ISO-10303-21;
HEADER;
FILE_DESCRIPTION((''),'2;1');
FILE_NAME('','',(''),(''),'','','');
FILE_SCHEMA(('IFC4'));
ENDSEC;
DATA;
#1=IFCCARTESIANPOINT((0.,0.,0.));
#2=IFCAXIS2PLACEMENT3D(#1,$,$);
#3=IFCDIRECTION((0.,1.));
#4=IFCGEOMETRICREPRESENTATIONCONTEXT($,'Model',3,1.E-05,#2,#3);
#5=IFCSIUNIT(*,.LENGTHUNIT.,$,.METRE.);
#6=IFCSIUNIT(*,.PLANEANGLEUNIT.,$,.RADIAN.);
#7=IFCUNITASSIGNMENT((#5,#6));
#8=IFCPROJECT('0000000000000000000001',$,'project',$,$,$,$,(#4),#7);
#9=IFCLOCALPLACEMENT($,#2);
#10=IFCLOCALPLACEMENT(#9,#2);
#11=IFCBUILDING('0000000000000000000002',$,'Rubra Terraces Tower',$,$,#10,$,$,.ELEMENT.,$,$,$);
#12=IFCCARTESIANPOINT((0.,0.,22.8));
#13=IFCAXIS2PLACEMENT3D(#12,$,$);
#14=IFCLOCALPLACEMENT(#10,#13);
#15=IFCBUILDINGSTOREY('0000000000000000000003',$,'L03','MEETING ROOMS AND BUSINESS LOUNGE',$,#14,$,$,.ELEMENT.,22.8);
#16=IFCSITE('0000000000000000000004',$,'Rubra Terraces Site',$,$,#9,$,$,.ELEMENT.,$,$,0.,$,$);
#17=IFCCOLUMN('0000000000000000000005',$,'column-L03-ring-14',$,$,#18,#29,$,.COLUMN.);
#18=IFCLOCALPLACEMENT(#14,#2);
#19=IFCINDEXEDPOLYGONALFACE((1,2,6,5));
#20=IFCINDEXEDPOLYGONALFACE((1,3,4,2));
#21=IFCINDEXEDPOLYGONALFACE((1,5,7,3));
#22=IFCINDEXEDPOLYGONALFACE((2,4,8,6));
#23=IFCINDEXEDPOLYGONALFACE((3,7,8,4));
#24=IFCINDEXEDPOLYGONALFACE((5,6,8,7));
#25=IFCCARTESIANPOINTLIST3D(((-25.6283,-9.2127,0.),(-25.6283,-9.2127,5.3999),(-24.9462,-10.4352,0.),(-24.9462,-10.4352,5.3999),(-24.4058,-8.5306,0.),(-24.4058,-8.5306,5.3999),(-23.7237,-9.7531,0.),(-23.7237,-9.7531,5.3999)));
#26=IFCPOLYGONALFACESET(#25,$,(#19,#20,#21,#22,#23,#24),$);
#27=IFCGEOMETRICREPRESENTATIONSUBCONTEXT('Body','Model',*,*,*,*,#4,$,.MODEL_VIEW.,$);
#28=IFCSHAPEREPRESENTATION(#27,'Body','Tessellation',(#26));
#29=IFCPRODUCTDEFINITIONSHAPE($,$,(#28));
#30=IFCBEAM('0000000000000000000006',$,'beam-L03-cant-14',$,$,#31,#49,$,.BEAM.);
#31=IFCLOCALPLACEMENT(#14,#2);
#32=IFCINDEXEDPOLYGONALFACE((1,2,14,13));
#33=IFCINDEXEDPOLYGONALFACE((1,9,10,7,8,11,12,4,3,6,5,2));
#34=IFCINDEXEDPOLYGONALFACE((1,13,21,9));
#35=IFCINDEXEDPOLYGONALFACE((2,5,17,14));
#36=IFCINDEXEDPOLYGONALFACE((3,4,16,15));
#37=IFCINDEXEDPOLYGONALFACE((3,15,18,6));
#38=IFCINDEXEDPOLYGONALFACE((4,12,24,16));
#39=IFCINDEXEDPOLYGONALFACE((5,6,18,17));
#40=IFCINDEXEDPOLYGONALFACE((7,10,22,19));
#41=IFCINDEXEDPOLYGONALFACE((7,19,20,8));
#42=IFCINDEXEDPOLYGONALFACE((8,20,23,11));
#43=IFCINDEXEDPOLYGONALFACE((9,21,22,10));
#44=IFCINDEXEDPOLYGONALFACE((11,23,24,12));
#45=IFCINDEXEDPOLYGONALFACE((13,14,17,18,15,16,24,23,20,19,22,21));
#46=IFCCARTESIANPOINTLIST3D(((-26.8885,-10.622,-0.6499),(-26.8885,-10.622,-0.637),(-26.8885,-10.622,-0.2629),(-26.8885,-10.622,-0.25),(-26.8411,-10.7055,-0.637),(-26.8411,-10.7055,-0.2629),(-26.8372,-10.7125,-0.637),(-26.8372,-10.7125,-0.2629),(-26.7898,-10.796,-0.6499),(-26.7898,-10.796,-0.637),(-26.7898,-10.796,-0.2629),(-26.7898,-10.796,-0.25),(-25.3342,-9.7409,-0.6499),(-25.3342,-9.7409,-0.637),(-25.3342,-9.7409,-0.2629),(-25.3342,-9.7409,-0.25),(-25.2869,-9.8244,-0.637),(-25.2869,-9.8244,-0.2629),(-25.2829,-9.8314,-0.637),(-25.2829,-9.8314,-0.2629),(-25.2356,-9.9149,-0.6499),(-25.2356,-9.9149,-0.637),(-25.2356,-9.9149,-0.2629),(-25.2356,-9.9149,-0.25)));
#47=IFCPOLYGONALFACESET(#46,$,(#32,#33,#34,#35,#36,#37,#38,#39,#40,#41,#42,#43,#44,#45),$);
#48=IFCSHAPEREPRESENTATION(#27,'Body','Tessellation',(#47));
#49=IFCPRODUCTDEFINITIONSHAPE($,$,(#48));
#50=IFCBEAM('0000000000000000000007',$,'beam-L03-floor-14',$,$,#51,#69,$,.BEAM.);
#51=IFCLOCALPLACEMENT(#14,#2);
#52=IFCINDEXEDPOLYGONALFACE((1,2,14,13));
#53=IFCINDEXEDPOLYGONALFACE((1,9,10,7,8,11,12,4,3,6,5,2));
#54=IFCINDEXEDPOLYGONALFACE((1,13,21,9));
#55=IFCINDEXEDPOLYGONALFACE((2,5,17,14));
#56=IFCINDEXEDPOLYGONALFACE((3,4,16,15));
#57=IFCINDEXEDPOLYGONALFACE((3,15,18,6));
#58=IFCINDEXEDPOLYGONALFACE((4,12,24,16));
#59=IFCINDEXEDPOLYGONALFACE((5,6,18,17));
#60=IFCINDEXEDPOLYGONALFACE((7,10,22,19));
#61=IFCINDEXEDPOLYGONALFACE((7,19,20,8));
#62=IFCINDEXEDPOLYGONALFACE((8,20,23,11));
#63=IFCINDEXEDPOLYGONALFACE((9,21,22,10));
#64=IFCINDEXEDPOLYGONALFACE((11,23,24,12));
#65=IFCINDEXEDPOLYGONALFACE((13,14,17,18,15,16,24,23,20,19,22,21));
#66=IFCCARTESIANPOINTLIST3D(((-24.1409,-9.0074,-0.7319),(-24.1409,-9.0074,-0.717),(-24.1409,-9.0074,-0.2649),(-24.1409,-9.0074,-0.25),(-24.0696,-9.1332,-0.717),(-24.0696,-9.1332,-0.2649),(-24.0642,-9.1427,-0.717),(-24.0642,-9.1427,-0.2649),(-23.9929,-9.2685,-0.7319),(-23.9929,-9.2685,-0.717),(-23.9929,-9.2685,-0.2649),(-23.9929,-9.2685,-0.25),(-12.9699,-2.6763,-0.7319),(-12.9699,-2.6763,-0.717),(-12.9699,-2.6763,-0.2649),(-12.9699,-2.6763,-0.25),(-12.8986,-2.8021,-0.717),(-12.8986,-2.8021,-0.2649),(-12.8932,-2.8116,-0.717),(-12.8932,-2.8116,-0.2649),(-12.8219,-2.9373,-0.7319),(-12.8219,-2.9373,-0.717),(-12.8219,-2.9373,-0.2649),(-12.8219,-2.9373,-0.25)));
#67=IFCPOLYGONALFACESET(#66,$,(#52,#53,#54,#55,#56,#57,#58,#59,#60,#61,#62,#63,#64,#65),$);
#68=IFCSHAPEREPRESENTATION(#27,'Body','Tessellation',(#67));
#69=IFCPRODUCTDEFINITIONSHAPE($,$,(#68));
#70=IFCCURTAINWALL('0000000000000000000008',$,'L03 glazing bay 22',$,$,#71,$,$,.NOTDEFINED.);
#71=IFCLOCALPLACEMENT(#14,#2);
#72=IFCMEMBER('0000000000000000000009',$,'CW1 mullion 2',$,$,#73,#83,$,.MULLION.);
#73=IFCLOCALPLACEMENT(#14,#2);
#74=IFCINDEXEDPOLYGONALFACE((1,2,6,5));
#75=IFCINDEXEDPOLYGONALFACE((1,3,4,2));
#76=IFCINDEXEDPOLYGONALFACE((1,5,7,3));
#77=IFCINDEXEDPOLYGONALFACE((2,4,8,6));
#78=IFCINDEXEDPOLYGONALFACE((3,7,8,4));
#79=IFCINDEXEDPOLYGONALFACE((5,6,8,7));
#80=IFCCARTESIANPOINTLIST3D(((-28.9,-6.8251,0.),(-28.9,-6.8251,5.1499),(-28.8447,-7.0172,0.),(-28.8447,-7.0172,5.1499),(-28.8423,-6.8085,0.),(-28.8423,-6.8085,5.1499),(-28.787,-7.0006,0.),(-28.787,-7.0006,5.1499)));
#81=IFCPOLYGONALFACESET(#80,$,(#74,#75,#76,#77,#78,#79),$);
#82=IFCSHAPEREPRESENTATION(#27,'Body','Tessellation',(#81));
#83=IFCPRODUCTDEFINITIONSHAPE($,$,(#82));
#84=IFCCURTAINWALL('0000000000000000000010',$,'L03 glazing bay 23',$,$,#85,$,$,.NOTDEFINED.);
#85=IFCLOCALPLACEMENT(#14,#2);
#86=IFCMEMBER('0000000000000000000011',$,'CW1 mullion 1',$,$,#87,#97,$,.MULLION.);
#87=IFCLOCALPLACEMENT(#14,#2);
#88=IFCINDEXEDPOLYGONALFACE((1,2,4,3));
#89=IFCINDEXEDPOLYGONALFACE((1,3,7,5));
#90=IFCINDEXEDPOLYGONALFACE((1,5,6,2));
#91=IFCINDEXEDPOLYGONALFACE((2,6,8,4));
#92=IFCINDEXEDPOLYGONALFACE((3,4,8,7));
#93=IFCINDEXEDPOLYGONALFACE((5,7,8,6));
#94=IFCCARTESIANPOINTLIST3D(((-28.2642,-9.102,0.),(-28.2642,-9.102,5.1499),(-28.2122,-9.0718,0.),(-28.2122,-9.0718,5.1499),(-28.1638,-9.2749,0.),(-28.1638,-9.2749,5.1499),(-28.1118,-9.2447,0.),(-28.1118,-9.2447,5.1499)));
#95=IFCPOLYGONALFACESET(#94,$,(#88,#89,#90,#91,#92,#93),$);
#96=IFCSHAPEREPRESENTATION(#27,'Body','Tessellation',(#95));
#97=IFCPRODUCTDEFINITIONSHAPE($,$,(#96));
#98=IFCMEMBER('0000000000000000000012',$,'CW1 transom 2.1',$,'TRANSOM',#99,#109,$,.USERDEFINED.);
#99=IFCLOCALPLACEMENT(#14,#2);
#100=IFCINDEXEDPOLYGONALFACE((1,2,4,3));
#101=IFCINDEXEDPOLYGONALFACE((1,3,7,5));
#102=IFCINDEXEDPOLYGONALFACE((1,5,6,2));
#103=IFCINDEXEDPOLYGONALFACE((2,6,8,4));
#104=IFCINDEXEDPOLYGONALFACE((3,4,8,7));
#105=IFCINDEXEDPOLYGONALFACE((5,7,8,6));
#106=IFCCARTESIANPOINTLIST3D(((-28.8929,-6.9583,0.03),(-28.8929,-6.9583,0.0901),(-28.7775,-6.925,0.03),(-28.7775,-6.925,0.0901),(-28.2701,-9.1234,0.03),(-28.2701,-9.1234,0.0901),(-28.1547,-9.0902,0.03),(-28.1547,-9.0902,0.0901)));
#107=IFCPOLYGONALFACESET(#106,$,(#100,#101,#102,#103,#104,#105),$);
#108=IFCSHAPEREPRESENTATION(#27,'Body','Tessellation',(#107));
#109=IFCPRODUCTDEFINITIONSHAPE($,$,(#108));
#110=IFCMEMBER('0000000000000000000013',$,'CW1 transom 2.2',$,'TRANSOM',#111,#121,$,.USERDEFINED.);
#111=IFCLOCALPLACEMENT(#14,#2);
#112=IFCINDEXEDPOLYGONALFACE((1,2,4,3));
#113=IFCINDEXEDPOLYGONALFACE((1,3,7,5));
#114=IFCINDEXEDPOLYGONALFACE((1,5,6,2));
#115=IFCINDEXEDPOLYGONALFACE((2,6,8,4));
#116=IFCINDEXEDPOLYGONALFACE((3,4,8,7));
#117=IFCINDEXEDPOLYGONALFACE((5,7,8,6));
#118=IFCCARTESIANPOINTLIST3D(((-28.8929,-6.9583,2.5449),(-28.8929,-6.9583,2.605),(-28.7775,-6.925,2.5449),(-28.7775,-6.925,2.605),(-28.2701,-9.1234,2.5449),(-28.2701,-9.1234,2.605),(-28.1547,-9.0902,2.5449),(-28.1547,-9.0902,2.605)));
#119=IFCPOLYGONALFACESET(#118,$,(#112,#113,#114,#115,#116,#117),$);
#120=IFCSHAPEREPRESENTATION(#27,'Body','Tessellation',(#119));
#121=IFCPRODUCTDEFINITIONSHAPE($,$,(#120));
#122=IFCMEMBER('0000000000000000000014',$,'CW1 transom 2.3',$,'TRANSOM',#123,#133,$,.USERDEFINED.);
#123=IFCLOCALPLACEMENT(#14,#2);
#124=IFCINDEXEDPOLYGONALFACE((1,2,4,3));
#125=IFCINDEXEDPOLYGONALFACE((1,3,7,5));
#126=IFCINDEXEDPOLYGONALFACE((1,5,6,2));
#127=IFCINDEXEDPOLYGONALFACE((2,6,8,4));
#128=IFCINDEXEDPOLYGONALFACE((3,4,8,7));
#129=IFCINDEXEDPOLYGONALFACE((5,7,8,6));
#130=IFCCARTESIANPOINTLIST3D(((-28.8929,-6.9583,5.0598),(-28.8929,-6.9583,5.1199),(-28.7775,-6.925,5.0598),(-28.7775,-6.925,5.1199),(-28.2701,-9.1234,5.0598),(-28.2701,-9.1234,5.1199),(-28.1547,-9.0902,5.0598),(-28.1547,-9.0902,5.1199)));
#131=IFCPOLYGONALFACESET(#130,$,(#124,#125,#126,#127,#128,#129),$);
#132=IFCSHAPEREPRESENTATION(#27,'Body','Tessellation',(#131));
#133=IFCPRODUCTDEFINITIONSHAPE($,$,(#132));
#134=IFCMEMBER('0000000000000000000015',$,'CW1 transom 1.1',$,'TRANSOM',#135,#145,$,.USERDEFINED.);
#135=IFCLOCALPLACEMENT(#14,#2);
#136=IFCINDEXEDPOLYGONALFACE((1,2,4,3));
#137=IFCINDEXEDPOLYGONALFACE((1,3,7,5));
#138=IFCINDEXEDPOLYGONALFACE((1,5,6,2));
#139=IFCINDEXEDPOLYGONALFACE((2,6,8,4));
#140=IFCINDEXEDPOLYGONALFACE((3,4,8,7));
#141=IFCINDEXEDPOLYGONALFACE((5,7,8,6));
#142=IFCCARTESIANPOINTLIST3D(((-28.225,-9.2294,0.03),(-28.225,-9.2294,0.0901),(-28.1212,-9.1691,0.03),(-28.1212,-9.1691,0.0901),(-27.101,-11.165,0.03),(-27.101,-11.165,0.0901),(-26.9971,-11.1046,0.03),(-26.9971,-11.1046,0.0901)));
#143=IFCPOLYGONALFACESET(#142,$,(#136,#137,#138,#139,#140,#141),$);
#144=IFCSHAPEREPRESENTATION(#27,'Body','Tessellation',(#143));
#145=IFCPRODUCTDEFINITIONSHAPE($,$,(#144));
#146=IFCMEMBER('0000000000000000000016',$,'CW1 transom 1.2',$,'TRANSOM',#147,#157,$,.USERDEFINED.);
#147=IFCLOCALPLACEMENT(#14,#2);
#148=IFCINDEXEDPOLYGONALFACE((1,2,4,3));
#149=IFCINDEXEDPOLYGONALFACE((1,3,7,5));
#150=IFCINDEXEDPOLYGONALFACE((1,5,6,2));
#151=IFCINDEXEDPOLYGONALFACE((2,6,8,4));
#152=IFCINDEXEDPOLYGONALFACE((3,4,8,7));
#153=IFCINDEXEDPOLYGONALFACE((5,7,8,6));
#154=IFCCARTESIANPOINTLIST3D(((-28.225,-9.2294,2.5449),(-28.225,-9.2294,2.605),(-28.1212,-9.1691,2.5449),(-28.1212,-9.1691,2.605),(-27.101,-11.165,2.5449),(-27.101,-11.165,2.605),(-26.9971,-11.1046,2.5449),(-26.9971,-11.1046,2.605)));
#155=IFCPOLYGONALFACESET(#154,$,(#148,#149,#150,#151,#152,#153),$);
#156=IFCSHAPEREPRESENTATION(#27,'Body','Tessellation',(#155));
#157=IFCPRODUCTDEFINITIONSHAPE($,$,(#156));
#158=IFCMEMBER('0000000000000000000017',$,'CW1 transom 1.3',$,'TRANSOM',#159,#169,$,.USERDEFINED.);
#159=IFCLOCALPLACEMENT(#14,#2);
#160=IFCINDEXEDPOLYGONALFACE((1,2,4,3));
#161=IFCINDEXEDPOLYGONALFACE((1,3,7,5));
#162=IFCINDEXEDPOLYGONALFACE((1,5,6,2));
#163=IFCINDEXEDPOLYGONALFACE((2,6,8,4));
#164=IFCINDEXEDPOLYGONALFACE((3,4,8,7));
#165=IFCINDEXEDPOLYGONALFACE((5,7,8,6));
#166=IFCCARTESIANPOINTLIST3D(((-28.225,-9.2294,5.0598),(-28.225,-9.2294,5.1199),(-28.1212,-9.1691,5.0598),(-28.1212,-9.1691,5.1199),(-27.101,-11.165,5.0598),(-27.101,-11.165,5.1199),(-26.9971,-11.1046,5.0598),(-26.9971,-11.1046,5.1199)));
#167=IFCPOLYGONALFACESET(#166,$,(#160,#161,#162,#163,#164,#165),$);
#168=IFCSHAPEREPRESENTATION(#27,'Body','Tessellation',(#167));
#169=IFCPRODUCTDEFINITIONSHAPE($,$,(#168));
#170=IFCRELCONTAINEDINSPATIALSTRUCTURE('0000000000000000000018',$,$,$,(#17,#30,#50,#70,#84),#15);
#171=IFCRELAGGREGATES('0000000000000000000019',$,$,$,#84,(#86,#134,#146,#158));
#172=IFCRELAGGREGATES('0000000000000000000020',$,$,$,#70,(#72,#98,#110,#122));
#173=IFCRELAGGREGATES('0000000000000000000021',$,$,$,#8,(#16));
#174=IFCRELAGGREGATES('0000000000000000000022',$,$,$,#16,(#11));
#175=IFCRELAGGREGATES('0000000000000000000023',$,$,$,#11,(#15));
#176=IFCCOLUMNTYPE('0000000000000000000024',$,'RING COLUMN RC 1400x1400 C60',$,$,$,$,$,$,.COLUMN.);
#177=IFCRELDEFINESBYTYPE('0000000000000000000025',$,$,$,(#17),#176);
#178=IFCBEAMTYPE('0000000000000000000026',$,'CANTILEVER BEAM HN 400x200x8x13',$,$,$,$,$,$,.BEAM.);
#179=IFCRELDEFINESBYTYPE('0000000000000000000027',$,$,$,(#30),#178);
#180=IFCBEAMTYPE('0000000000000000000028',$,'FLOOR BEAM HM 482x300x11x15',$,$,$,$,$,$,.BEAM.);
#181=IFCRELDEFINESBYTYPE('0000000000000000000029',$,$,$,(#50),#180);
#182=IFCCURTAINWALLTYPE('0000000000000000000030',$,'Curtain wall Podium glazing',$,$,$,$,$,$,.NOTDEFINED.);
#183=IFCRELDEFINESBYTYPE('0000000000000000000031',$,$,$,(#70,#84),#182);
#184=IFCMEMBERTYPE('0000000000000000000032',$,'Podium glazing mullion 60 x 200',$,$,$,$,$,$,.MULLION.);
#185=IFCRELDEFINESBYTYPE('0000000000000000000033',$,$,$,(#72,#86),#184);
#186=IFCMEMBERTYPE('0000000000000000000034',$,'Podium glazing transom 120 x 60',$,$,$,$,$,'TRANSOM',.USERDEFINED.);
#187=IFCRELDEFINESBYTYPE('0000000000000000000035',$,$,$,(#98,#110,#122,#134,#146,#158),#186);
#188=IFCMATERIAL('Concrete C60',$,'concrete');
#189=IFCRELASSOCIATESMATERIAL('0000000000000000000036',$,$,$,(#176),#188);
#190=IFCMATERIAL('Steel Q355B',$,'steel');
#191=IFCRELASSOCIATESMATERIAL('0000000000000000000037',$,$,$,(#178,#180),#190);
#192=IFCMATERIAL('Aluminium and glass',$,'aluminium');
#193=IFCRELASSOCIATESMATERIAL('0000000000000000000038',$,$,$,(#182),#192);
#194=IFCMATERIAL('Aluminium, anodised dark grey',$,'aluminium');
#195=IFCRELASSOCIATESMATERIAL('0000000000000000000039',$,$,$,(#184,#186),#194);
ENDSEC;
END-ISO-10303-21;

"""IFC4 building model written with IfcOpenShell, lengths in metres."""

from ifc_helpers import new_model, si_unit, direction, frame, origin, origin_2d, place, context, subcontext, project, spatial, rectangle, i_section, extrude, material, material_profile, profile_set, type_object, element, aggregate, save


model = new_model("IFC4")

# Units and contexts
model_context = context("Model", 3, precision=1e-05, world=origin(), true_north=direction((0.0, 1.0)))
body_context = subcontext(model_context, "Body", "Model", "MODEL_VIEW")
ifc_project = project(units=[si_unit("LENGTHUNIT", "METRE"), si_unit("PLANEANGLEUNIT", "RADIAN")], contexts=[model_context])

# Site, building, storey
site_placement = place(None, origin())
site = spatial("IfcSite", under=ifc_project, at=site_placement, Name="Rubra Terraces Site", CompositionType="ELEMENT", RefElevation=0.0)
building_placement = place(site_placement, origin())
building = spatial("IfcBuilding", under=site, at=building_placement, Name="Rubra Terraces Tower", CompositionType="ELEMENT")
storey_placement = place(building_placement, frame((0.0, 0.0, 22.8)))
storey = spatial("IfcBuildingStorey", under=building, at=storey_placement, Name="L03", Description="MEETING ROOMS AND BUSINESS LOUNGE", CompositionType="ELEMENT", Elevation=22.8)

# Column
ifc_material_1 = material(Name="Concrete C60", Category="concrete")
ifc_material_profile_1 = material_profile(ifc_material_1, rectangle(XDim=1.3999, YDim=1.3999, at=origin_2d()), Name="RC 1400x1400")
ifc_profile_set_1 = profile_set([ifc_material_profile_1], Name="Concrete C60")
column_type = type_object("IfcColumnType", Name="RING COLUMN RC 1400x1400 C60", PredefinedType="COLUMN", material=ifc_profile_set_1)
column_placement = place(storey_placement, frame((-24.676, -9.4829, 0.0), z_axis=(0.0, 0.0, 1.0), x_axis=(0.487227, -0.873276, 0.0)))
element("IfcColumn", 1, at=column_placement, inside=storey, type_object=column_type, Name="column-L03-ring-14", PredefinedType="COLUMN", context=body_context, shape_type="SweptSolid", body=[
    extrude(rectangle(XDim=1.3999, YDim=1.3999, at=origin_2d()), origin(), (0.0, 0.0, 1.0), 5.3999),
])

# Beams
ifc_material_2 = material(Name="Steel Q355B", Category="steel")
ifc_material_profile_2 = material_profile(ifc_material_2, i_section(OverallWidth=0.2, OverallDepth=0.3999, WebThickness=0.0081, FlangeThickness=0.0129, at=origin_2d()), Name="HN 400x200x8x13")
ifc_profile_set_2 = profile_set([ifc_material_profile_2], Name="Steel Q355B")
beam_type_1 = type_object("IfcBeamType", Name="CANTILEVER BEAM HN 400x200x8x13", PredefinedType="BEAM", material=ifc_profile_set_2)
beam_1_placement = place(storey_placement, frame((-25.2849, -9.8279, -0.45), z_axis=(-0.869928, -0.493178, 0.0), x_axis=(0.493178, -0.869928, 0.0)))
element("IfcBeam", 2, at=beam_1_placement, inside=storey, type_object=beam_type_1, Name="beam-L03-cant-14", PredefinedType="BEAM", context=body_context, shape_type="SweptSolid", body=[
    extrude(i_section(OverallWidth=0.2, OverallDepth=0.3999, WebThickness=0.0081, FlangeThickness=0.0129, at=origin_2d()), origin(), (0.0, 0.0, 1.0), 1.7866),
])
ifc_material_profile_3 = material_profile(ifc_material_2, i_section(OverallWidth=0.3, OverallDepth=0.4819, WebThickness=0.011, FlangeThickness=0.0149, at=origin_2d()), Name="HM 482x300x11x15")
ifc_profile_set_3 = profile_set([ifc_material_profile_3], Name="Steel Q355B")
beam_type_2 = type_object("IfcBeamType", Name="FLOOR BEAM HM 482x300x11x15", PredefinedType="BEAM", material=ifc_profile_set_3)
beam_2_placement = place(storey_placement, frame((-24.0669, -9.1379, -0.491), z_axis=(0.869993, 0.493064, 0.0), x_axis=(-0.493064, 0.869993, 0.0)))
element("IfcBeam", 3, at=beam_2_placement, inside=storey, type_object=beam_type_2, Name="beam-L03-floor-14", PredefinedType="BEAM", context=body_context, shape_type="SweptSolid", body=[
    extrude(i_section(OverallWidth=0.3, OverallDepth=0.4819, WebThickness=0.011, FlangeThickness=0.0149, at=origin_2d()), origin(), (0.0, 0.0, 1.0), 12.8403),
])

# Curtain walls, members
ifc_material_3 = material(Name="Aluminium and glass", Category="aluminium")
curtain_wall_type = type_object("IfcCurtainWallType", Name="Curtain wall Podium glazing", PredefinedType="NOTDEFINED", material=ifc_material_3)
curtain_wall_1_placement = place(storey_placement, origin())
curtain_wall_1 = element("IfcCurtainWall", 4, at=curtain_wall_1_placement, inside=storey, type_object=curtain_wall_type, Name="L03 glazing bay 22", PredefinedType="NOTDEFINED")
ifc_material_4 = material(Name="Aluminium, anodised dark grey", Category="aluminium")
ifc_material_profile_4 = material_profile(ifc_material_4, rectangle(XDim=0.0601, YDim=0.2, at=origin_2d()), Name="AL 60x200")
ifc_profile_set_4 = profile_set([ifc_material_profile_4], Name="Aluminium, anodised dark grey")
member_type_1 = type_object("IfcMemberType", Name="Podium glazing mullion 60 x 200", PredefinedType="MULLION", material=ifc_profile_set_4)
member_1_placement = place(storey_placement, frame((-28.8435, -6.9128, 0.0), z_axis=(0.0, 0.0, 1.0), x_axis=(0.961047, 0.276384, 0.0)))
member_1 = element("IfcMember", 5, at=member_1_placement, type_object=member_type_1, Name="CW1 mullion 2", PredefinedType="MULLION", context=body_context, shape_type="SweptSolid", body=[
    extrude(rectangle(XDim=0.0601, YDim=0.2, at=origin_2d()), origin(), (0.0, 0.0, 1.0), 5.1499),
])
curtain_wall_2_placement = place(storey_placement, origin())
curtain_wall_2 = element("IfcCurtainWall", 6, at=curtain_wall_2_placement, inside=storey, type_object=curtain_wall_type, Name="L03 glazing bay 23", PredefinedType="NOTDEFINED")
member_2_placement = place(storey_placement, frame((-28.188, -9.1733, 0.0), z_axis=(0.0, 0.0, 1.0), x_axis=(0.864813, 0.502094, 0.0)))
member_2 = element("IfcMember", 7, at=member_2_placement, type_object=member_type_1, Name="CW1 mullion 1", PredefinedType="MULLION", context=body_context, shape_type="SweptSolid", body=[
    extrude(rectangle(XDim=0.0601, YDim=0.2, at=origin_2d()), origin(), (0.0, 0.0, 1.0), 5.1499),
])

# Members
ifc_material_profile_5 = material_profile(ifc_material_4, rectangle(XDim=0.1201, YDim=0.0601, at=origin_2d()), Name="AL 120x60")
ifc_profile_set_5 = profile_set([ifc_material_profile_5], Name="Aluminium, anodised dark grey")
member_type_2 = type_object("IfcMemberType", Name="Podium glazing transom 120 x 60", ElementType="TRANSOM", PredefinedType="USERDEFINED", material=ifc_profile_set_5)
member_3_placement = place(storey_placement, frame((-28.8352, -6.9417, 0.0601), z_axis=(0.276453, -0.961028, 0.0), x_axis=(0.961028, 0.276453, 0.0)))
member_3 = element("IfcMember", 8, at=member_3_placement, type_object=member_type_2, Name="CW1 transom 2.1", ObjectType="TRANSOM", PredefinedType="USERDEFINED", context=body_context, shape_type="SweptSolid", body=[
    extrude(rectangle(XDim=0.1201, YDim=0.0601, at=origin_2d()), origin(), (0.0, 0.0, 1.0), 2.2529),
])
member_4_placement = place(storey_placement, frame((-28.8352, -6.9417, 2.575), z_axis=(0.276453, -0.961028, 0.0), x_axis=(0.961028, 0.276453, 0.0)))
member_4 = element("IfcMember", 9, at=member_4_placement, type_object=member_type_2, Name="CW1 transom 2.2", ObjectType="TRANSOM", PredefinedType="USERDEFINED", context=body_context, shape_type="SweptSolid", body=[
    extrude(rectangle(XDim=0.1201, YDim=0.0601, at=origin_2d()), origin(), (0.0, 0.0, 1.0), 2.2529),
])
member_5_placement = place(storey_placement, frame((-28.8352, -6.9417, 5.0898), z_axis=(0.276453, -0.961028, 0.0), x_axis=(0.961028, 0.276453, 0.0)))
member_5 = element("IfcMember", 10, at=member_5_placement, type_object=member_type_2, Name="CW1 transom 2.3", ObjectType="TRANSOM", PredefinedType="USERDEFINED", context=body_context, shape_type="SweptSolid", body=[
    extrude(rectangle(XDim=0.1201, YDim=0.0601, at=origin_2d()), origin(), (0.0, 0.0, 1.0), 2.2529),
])
member_6_placement = place(storey_placement, frame((-28.1731, -9.1992, 0.0601), z_axis=(0.502188, -0.864758, 0.0), x_axis=(0.864758, 0.502188, 0.0)))
member_6 = element("IfcMember", 11, at=member_6_placement, type_object=member_type_2, Name="CW1 transom 1.1", ObjectType="TRANSOM", PredefinedType="USERDEFINED", context=body_context, shape_type="SweptSolid", body=[
    extrude(rectangle(XDim=0.1201, YDim=0.0601, at=origin_2d()), origin(), (0.0, 0.0, 1.0), 2.2383),
])
member_7_placement = place(storey_placement, frame((-28.1731, -9.1992, 2.575), z_axis=(0.502188, -0.864758, 0.0), x_axis=(0.864758, 0.502188, 0.0)))
member_7 = element("IfcMember", 12, at=member_7_placement, type_object=member_type_2, Name="CW1 transom 1.2", ObjectType="TRANSOM", PredefinedType="USERDEFINED", context=body_context, shape_type="SweptSolid", body=[
    extrude(rectangle(XDim=0.1201, YDim=0.0601, at=origin_2d()), origin(), (0.0, 0.0, 1.0), 2.2383),
])
member_8_placement = place(storey_placement, frame((-28.1731, -9.1992, 5.0898), z_axis=(0.502188, -0.864758, 0.0), x_axis=(0.864758, 0.502188, 0.0)))
member_8 = element("IfcMember", 13, at=member_8_placement, type_object=member_type_2, Name="CW1 transom 1.3", ObjectType="TRANSOM", PredefinedType="USERDEFINED", context=body_context, shape_type="SweptSolid", body=[
    extrude(rectangle(XDim=0.1201, YDim=0.0601, at=origin_2d()), origin(), (0.0, 0.0, 1.0), 2.2383),
])
aggregate(curtain_wall_2, [member_2, member_6, member_7, member_8])

aggregate(curtain_wall_1, [member_1, member_3, member_4, member_5])

save(model, "model.ifc")
